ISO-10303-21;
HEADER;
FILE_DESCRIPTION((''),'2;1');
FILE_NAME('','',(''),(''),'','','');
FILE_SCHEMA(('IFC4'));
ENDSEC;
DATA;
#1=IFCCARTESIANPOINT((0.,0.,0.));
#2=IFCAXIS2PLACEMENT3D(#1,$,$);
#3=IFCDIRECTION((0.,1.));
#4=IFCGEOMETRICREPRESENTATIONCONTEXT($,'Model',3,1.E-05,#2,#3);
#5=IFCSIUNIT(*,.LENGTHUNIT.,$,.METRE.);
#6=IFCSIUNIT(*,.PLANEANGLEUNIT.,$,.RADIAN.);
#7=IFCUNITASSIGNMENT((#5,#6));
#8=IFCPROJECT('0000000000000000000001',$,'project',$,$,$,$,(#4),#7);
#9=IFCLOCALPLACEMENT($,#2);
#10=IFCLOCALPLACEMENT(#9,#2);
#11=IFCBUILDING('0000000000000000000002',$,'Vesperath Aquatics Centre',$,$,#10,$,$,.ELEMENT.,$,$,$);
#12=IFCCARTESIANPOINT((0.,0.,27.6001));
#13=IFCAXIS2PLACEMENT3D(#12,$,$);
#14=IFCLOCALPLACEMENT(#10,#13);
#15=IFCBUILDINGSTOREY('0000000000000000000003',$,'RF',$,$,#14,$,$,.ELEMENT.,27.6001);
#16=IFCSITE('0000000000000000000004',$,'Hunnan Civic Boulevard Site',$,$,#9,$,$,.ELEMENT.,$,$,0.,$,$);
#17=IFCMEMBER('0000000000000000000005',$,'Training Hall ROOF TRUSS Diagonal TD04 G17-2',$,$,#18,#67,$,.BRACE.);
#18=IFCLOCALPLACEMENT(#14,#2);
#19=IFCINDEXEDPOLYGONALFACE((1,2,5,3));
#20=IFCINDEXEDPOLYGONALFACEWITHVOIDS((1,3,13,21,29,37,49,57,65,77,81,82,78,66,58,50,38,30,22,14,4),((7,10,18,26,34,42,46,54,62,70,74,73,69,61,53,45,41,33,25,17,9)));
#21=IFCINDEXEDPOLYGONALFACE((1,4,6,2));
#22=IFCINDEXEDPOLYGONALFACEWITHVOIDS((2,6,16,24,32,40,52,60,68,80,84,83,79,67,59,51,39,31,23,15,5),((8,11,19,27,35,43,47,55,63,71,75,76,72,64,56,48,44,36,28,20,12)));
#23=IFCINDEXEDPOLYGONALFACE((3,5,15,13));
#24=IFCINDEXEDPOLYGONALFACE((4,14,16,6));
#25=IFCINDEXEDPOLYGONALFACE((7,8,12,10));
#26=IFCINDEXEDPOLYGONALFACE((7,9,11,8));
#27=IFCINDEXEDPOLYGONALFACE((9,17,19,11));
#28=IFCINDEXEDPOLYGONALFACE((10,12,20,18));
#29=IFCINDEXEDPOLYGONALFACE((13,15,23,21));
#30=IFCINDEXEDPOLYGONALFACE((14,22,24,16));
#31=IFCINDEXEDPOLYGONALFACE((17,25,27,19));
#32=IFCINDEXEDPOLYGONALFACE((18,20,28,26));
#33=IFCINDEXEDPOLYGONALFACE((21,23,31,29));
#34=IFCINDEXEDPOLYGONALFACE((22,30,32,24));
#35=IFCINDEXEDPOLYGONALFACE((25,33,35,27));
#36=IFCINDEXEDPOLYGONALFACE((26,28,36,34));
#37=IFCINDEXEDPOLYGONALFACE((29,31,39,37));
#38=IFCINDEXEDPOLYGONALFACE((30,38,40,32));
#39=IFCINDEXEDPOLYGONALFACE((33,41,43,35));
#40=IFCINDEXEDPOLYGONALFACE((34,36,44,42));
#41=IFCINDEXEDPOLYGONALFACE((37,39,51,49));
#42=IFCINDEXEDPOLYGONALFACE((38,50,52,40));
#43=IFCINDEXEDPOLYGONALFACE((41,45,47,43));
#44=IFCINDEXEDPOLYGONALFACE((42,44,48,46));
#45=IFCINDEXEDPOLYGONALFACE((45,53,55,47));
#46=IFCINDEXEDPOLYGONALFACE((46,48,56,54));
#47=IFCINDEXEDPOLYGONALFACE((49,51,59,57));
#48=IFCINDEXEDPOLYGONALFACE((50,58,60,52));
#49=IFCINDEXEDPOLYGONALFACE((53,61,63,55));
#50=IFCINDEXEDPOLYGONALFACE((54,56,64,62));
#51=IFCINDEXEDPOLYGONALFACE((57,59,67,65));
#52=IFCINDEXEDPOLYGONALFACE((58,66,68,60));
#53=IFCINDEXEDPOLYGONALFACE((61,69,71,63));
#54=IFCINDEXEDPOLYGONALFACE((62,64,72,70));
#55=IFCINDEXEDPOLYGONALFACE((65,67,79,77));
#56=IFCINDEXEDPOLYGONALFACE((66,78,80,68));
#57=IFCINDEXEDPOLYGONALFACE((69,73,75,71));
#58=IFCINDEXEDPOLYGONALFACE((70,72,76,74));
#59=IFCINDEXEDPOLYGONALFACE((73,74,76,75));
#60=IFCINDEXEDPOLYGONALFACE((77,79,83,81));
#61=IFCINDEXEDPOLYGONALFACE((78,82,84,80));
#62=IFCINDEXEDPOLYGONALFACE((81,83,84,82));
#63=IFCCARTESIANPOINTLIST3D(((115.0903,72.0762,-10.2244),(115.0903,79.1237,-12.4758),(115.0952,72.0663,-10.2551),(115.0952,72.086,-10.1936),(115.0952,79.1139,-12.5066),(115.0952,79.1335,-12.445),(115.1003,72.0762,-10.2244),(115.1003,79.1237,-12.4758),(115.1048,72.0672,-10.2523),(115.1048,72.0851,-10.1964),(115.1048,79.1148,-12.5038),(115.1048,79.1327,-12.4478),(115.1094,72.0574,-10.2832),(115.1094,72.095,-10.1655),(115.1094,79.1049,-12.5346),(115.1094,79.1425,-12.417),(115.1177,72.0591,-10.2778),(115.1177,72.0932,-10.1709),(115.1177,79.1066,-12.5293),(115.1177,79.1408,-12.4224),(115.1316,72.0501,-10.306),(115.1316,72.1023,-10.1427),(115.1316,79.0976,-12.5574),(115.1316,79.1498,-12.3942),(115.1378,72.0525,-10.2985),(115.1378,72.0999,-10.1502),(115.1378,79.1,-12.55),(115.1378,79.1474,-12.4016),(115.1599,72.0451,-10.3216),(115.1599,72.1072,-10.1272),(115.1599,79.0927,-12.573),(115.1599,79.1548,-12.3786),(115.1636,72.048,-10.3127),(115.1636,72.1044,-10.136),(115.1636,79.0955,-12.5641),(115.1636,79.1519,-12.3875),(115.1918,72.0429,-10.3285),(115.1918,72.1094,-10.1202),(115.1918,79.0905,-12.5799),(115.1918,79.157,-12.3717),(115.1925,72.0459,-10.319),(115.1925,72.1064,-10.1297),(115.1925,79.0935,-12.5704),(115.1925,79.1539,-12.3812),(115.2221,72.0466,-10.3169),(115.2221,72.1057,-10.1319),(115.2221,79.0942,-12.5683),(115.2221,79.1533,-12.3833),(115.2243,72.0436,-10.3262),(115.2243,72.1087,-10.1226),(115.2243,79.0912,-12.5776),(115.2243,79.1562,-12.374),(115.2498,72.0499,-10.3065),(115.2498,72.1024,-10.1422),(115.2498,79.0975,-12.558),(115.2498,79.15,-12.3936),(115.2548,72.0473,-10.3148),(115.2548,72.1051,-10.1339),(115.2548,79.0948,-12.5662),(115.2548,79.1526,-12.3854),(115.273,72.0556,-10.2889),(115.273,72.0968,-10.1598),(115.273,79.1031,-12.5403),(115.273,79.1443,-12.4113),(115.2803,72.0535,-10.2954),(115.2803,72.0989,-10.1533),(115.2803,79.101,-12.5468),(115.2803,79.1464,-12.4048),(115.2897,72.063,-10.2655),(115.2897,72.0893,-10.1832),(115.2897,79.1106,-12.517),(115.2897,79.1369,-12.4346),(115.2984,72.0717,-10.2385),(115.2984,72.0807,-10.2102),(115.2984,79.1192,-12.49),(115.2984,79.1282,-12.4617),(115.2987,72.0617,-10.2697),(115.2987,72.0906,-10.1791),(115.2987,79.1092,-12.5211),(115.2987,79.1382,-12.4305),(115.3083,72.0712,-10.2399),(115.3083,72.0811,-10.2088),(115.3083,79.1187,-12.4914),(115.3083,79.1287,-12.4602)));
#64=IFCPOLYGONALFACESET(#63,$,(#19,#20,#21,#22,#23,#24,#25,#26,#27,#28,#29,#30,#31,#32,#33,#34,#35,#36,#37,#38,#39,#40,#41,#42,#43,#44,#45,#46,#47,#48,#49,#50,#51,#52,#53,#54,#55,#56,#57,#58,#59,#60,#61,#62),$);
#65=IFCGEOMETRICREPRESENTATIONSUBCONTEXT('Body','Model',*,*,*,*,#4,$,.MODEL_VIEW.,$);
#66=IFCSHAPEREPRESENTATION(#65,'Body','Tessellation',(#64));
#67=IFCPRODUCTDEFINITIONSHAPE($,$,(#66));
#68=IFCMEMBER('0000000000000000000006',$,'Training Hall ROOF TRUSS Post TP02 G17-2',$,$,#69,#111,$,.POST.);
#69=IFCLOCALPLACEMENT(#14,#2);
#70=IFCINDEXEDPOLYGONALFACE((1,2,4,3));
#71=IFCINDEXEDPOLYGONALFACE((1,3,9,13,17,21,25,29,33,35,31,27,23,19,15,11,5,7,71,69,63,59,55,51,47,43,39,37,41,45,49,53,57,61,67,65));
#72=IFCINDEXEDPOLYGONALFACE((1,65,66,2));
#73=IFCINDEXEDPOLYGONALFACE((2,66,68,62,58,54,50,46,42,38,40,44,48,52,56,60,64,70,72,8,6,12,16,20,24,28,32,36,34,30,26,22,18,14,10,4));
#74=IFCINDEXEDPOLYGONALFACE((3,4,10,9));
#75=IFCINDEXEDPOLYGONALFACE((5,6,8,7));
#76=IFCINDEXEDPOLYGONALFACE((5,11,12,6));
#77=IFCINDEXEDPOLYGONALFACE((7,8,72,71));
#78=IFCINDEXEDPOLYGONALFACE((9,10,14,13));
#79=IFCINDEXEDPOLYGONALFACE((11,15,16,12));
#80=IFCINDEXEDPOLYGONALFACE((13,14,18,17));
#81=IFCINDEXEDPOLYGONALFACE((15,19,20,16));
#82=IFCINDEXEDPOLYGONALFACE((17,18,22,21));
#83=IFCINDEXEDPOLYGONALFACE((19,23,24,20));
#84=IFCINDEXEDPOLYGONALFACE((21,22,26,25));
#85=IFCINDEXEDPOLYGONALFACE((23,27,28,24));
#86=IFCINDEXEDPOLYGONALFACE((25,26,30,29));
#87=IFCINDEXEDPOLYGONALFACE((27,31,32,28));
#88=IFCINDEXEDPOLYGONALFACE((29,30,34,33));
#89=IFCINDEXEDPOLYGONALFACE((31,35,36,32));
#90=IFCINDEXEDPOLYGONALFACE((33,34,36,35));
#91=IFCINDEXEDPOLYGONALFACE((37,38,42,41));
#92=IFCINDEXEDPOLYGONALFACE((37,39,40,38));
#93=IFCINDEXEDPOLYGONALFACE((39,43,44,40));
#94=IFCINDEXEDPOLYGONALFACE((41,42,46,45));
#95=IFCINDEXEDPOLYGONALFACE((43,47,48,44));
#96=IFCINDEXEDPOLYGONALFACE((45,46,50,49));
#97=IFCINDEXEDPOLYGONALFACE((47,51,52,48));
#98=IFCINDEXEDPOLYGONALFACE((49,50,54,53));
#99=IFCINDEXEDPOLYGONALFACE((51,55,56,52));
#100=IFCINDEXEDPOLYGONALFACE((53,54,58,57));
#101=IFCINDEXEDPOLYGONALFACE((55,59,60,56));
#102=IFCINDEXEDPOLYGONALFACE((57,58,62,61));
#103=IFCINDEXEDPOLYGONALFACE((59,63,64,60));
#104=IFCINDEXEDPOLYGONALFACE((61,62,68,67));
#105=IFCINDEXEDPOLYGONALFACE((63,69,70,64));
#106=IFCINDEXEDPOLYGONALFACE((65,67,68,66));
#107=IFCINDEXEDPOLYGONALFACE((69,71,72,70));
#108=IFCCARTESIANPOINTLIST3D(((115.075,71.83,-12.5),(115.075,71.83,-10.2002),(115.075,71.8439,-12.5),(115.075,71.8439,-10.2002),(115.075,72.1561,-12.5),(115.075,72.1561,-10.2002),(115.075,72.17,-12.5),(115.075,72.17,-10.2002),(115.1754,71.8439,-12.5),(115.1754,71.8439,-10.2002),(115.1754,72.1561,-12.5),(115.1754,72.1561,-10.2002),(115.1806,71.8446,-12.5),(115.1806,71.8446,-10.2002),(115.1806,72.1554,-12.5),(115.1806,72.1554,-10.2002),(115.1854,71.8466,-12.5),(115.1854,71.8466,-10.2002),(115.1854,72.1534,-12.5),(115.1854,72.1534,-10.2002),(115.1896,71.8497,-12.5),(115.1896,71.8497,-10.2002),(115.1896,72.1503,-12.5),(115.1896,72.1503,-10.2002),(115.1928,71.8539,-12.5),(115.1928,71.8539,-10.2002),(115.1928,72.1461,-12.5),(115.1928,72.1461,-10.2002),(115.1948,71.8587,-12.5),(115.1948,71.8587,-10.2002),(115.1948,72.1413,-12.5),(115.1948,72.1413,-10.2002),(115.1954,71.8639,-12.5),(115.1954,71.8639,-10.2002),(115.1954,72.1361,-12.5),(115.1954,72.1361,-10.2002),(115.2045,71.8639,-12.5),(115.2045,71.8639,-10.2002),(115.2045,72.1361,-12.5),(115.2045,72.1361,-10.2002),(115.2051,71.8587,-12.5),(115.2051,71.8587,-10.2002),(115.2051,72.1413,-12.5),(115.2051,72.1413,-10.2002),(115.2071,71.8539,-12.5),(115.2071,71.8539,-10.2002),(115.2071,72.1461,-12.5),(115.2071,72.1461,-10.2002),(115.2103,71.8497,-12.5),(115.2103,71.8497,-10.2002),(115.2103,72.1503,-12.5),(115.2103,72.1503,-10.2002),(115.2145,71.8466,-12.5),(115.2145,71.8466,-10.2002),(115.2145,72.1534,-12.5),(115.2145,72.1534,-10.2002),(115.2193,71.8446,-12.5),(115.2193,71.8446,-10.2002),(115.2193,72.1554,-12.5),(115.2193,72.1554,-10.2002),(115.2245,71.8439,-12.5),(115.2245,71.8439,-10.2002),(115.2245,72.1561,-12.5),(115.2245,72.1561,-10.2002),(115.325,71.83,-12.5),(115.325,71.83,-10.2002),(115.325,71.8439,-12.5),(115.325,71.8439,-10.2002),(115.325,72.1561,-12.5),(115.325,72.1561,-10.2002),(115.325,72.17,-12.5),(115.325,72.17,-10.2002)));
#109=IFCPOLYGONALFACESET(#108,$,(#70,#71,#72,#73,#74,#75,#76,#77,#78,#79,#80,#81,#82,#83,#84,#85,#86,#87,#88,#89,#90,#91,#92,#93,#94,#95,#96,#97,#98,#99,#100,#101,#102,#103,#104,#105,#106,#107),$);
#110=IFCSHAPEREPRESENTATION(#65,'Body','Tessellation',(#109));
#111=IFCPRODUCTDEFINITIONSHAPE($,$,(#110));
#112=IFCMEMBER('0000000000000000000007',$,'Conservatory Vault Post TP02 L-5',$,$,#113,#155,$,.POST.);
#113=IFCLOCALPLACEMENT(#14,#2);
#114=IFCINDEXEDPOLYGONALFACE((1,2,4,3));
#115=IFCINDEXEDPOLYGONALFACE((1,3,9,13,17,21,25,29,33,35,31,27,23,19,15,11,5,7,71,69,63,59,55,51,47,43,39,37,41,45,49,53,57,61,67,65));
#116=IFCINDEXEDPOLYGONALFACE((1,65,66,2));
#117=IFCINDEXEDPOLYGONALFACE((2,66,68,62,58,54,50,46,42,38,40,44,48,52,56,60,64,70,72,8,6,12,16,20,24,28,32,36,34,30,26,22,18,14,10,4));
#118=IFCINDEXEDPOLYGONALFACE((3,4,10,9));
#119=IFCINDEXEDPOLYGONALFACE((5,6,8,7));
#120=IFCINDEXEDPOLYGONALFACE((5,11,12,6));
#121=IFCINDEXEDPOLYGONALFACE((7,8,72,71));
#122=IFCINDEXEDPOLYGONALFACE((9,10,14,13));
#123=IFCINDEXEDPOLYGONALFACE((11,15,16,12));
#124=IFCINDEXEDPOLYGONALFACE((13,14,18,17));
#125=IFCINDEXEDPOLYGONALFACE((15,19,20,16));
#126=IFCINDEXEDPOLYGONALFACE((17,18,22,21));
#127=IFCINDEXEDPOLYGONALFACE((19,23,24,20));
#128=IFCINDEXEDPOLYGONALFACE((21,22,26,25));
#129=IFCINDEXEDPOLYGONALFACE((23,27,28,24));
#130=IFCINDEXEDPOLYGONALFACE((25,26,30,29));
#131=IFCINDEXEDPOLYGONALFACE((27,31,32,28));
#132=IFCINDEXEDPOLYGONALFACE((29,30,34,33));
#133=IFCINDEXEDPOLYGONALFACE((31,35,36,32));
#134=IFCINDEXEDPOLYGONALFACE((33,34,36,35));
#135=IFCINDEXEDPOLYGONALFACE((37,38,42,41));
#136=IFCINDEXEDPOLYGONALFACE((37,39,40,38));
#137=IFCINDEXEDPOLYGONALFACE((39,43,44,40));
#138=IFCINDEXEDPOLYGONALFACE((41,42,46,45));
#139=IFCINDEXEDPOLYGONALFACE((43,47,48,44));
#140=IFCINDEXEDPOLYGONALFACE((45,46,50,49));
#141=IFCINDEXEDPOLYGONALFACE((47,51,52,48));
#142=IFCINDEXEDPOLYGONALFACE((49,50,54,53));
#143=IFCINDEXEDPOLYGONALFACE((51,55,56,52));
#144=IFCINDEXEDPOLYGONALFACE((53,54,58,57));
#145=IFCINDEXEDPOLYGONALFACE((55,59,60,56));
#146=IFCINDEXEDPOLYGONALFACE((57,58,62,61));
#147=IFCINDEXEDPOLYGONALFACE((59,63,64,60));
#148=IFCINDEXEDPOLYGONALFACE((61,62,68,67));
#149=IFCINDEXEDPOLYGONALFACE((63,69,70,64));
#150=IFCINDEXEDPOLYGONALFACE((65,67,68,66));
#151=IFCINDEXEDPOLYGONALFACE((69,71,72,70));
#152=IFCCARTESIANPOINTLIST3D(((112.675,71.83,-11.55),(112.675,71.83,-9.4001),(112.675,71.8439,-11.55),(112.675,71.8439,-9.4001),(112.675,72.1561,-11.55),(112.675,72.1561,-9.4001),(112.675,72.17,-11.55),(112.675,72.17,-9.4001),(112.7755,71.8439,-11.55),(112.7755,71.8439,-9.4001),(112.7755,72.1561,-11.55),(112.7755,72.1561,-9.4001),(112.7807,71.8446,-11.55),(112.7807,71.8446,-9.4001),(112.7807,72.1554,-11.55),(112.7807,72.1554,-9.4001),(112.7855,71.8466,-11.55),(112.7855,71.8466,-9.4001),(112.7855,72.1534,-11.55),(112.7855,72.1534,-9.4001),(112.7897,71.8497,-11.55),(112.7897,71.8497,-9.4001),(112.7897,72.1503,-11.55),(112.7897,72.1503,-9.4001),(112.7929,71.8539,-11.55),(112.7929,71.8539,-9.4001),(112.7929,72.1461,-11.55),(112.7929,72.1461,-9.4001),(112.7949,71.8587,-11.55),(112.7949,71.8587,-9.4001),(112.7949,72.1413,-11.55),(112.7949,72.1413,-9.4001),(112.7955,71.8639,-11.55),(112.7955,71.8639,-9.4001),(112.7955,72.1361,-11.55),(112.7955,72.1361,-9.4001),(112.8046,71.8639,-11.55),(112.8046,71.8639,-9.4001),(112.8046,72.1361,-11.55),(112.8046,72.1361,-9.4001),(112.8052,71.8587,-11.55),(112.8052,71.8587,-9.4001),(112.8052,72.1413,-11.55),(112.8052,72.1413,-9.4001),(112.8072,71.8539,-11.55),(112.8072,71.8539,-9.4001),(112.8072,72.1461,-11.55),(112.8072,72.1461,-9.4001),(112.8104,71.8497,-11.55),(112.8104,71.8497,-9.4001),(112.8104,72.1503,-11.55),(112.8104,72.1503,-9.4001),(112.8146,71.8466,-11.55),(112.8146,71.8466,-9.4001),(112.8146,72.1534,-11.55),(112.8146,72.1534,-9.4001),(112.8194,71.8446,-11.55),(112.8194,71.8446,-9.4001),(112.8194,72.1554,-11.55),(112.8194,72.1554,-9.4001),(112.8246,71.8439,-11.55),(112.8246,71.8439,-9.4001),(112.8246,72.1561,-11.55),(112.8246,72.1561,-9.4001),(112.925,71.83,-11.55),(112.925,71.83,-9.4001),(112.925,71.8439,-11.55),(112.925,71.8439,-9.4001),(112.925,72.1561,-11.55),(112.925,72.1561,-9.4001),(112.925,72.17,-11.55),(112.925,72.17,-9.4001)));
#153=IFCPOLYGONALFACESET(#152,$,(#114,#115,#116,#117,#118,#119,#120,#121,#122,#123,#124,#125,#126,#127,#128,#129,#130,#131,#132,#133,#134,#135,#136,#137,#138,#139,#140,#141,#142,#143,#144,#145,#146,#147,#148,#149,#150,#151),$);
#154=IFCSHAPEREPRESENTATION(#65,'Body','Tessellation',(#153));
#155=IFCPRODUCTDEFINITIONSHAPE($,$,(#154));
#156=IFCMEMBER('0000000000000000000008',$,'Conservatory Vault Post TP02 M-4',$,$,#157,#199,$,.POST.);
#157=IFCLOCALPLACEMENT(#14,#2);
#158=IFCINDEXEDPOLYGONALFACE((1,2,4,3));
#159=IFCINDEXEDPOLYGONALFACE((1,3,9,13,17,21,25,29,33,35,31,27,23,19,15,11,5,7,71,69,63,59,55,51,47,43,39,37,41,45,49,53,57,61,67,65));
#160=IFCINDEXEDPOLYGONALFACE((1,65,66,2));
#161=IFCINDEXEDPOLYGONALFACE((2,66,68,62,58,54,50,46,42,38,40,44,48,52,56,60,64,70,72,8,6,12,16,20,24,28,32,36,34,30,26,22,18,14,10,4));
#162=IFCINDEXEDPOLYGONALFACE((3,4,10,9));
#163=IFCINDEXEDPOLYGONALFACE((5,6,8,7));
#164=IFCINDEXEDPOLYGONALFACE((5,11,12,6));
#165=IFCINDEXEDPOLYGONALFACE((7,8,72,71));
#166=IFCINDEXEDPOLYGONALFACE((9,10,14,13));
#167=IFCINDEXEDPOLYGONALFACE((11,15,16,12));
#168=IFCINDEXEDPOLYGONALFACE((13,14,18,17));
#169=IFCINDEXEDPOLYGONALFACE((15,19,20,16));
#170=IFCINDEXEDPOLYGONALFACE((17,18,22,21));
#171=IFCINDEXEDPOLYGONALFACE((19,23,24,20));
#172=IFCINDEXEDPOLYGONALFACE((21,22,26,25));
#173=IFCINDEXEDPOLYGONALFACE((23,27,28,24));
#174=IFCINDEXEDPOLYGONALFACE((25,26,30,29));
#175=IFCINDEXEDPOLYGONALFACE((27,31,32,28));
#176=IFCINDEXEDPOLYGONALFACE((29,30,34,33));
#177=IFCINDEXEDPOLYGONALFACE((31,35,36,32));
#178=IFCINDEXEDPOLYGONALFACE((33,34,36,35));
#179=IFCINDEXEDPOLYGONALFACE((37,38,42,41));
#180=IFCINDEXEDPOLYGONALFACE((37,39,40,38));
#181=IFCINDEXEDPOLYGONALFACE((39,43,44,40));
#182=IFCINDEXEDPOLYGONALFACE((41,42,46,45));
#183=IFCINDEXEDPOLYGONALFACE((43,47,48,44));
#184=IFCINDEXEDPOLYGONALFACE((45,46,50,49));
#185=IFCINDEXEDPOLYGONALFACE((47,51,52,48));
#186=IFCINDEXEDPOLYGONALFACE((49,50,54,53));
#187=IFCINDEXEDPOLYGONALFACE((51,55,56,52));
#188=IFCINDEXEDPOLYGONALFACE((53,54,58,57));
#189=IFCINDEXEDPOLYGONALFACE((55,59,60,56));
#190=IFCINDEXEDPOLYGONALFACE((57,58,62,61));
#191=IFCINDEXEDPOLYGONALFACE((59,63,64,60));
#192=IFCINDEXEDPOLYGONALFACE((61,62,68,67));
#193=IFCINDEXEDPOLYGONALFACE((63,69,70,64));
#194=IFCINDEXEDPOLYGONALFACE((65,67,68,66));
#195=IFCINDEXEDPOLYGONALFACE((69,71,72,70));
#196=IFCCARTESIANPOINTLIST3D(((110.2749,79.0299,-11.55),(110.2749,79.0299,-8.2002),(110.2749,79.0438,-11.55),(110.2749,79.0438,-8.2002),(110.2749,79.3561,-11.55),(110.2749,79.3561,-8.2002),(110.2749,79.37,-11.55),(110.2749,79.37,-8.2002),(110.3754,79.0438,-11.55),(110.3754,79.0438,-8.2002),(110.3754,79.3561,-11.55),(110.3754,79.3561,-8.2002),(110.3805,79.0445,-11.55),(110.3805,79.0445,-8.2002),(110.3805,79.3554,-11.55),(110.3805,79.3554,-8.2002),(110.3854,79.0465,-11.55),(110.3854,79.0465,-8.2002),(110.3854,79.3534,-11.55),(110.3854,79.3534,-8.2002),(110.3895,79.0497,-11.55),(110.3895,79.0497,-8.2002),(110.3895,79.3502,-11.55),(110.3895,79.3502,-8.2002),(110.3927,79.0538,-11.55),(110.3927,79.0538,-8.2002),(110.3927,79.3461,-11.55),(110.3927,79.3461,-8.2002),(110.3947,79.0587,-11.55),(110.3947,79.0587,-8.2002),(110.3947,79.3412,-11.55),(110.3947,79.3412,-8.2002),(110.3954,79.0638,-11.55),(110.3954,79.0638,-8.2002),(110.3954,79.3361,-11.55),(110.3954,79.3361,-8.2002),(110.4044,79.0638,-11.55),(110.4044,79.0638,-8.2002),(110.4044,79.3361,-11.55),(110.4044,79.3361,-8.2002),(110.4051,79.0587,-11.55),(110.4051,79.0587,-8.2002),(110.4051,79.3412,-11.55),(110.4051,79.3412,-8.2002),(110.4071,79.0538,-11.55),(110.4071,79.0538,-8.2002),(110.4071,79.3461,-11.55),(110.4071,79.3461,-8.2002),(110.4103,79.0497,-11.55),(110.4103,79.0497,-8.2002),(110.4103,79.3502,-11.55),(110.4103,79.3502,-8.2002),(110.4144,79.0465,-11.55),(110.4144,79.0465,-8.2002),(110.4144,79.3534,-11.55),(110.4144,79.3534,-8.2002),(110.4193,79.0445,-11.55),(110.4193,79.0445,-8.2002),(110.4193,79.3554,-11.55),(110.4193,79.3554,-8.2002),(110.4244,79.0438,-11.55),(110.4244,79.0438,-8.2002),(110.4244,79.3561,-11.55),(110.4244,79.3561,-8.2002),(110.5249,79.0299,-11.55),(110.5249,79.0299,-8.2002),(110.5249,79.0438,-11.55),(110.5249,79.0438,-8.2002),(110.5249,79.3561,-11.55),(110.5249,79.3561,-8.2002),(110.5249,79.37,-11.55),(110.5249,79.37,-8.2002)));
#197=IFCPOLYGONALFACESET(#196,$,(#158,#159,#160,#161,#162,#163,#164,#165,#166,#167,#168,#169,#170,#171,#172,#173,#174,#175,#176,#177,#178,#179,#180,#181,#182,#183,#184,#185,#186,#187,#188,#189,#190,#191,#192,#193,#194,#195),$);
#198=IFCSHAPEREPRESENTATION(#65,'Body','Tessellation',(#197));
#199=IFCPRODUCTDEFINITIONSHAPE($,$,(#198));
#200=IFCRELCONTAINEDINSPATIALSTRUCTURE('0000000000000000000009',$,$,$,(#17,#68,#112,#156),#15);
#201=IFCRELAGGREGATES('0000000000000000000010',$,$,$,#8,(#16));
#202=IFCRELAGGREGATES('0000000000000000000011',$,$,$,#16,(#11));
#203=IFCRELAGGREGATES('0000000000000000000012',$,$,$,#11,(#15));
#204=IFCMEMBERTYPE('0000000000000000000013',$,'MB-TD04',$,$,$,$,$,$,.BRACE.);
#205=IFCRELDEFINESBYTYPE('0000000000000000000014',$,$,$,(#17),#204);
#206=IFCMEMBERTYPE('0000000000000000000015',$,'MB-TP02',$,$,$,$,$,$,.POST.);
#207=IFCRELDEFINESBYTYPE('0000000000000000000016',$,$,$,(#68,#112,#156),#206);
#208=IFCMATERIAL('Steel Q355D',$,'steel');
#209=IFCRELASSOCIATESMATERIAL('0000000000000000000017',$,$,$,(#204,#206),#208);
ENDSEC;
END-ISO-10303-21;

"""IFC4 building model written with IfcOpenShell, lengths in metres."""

from ifc_helpers import new_model, si_unit, direction, frame, origin, origin_2d, place, context, subcontext, project, spatial, hollow_circle, i_section, extrude, material, material_profile, profile_set, type_object, element, save


model = new_model("IFC4")

# Units and contexts
model_context = context("Model", 3, precision=1e-05, world=origin(), true_north=direction((0.0, 1.0)))
body_context = subcontext(model_context, "Body", "Model", "MODEL_VIEW")
ifc_project = project(units=[si_unit("LENGTHUNIT", "METRE"), si_unit("PLANEANGLEUNIT", "RADIAN")], contexts=[model_context])

# Site, building, storey
site_placement = place(None, origin())
site = spatial("IfcSite", under=ifc_project, at=site_placement, Name="Hunnan Civic Boulevard Site", CompositionType="ELEMENT", RefElevation=0.0)
building_placement = place(site_placement, origin())
building = spatial("IfcBuilding", under=site, at=building_placement, Name="Vesperath Aquatics Centre", CompositionType="ELEMENT")
storey_placement = place(building_placement, frame((0.0, 0.0, 27.6001)))
storey = spatial("IfcBuildingStorey", under=building, at=storey_placement, Name="RF", CompositionType="ELEMENT", Elevation=27.6001)

# Members
ifc_material_1 = material(Name="Steel Q355D", Category="steel")
ifc_material_profile_1 = material_profile(ifc_material_1, hollow_circle(Radius=0.1096, WallThickness=0.01, at=origin_2d()), Name="CHS 219.1x10")
ifc_profile_set_1 = profile_set([ifc_material_profile_1], Name="Steel Q355D")
member_type_1 = type_object("IfcMemberType", Name="MB-TD04", PredefinedType="BRACE", material=ifc_profile_set_1)
member_1_placement = place(storey_placement, frame((115.2, 72.0762, -10.2244), z_axis=(0.0, 0.952572, -0.304314), x_axis=(-1.0, 0.0, 0.0)))
element("IfcMember", 1, at=member_1_placement, inside=storey, type_object=member_type_1, Name="Training Hall ROOF TRUSS Diagonal TD04 G17-2", PredefinedType="BRACE", context=body_context, shape_type="SweptSolid", body=[
    extrude(hollow_circle(Radius=0.1096, WallThickness=0.01, at=origin_2d()), origin(), (0.0, 0.0, 1.0), 7.3984),
])
ifc_material_profile_2 = material_profile(ifc_material_1, i_section(OverallWidth=0.25, OverallDepth=0.3401, WebThickness=0.009, FlangeThickness=0.0139, FilletRadius=0.02, at=origin_2d()), Name="HM 340x250x9x14")
ifc_profile_set_2 = profile_set([ifc_material_profile_2], Name="Steel Q355D")
member_type_2 = type_object("IfcMemberType", Name="MB-TP02", PredefinedType="POST", material=ifc_profile_set_2)
member_2_placement = place(storey_placement, frame((115.2, 72.0, -12.5), z_axis=(0.0, 0.0, 1.0), x_axis=(1.0, 0.0, 0.0)))
element("IfcMember", 2, at=member_2_placement, inside=storey, type_object=member_type_2, Name="Training Hall ROOF TRUSS Post TP02 G17-2", PredefinedType="POST", context=body_context, shape_type="SweptSolid", body=[
    extrude(i_section(OverallWidth=0.25, OverallDepth=0.3401, WebThickness=0.009, FlangeThickness=0.0139, FilletRadius=0.02, at=origin_2d()), origin(), (0.0, 0.0, 1.0), 2.2998),
])
member_3_placement = place(storey_placement, frame((112.8, 72.0, -11.55), z_axis=(0.0, 0.0, 1.0), x_axis=(1.0, 0.0, 0.0)))
element("IfcMember", 3, at=member_3_placement, inside=storey, type_object=member_type_2, Name="Conservatory Vault Post TP02 L-5", PredefinedType="POST", context=body_context, shape_type="SweptSolid", body=[
    extrude(i_section(OverallWidth=0.25, OverallDepth=0.3401, WebThickness=0.009, FlangeThickness=0.0139, FilletRadius=0.02, at=origin_2d()), origin(), (0.0, 0.0, 1.0), 2.1499),
])
member_4_placement = place(storey_placement, frame((110.3999, 79.2, -11.55), z_axis=(0.0, 0.0, 1.0), x_axis=(1.0, 0.0, 0.0)))
element("IfcMember", 4, at=member_4_placement, inside=storey, type_object=member_type_2, Name="Conservatory Vault Post TP02 M-4", PredefinedType="POST", context=body_context, shape_type="SweptSolid", body=[
    extrude(i_section(OverallWidth=0.25, OverallDepth=0.3401, WebThickness=0.009, FlangeThickness=0.0139, FilletRadius=0.02, at=origin_2d()), origin(), (0.0, 0.0, 1.0), 3.3499),
])

save(model, "model.ifc")
